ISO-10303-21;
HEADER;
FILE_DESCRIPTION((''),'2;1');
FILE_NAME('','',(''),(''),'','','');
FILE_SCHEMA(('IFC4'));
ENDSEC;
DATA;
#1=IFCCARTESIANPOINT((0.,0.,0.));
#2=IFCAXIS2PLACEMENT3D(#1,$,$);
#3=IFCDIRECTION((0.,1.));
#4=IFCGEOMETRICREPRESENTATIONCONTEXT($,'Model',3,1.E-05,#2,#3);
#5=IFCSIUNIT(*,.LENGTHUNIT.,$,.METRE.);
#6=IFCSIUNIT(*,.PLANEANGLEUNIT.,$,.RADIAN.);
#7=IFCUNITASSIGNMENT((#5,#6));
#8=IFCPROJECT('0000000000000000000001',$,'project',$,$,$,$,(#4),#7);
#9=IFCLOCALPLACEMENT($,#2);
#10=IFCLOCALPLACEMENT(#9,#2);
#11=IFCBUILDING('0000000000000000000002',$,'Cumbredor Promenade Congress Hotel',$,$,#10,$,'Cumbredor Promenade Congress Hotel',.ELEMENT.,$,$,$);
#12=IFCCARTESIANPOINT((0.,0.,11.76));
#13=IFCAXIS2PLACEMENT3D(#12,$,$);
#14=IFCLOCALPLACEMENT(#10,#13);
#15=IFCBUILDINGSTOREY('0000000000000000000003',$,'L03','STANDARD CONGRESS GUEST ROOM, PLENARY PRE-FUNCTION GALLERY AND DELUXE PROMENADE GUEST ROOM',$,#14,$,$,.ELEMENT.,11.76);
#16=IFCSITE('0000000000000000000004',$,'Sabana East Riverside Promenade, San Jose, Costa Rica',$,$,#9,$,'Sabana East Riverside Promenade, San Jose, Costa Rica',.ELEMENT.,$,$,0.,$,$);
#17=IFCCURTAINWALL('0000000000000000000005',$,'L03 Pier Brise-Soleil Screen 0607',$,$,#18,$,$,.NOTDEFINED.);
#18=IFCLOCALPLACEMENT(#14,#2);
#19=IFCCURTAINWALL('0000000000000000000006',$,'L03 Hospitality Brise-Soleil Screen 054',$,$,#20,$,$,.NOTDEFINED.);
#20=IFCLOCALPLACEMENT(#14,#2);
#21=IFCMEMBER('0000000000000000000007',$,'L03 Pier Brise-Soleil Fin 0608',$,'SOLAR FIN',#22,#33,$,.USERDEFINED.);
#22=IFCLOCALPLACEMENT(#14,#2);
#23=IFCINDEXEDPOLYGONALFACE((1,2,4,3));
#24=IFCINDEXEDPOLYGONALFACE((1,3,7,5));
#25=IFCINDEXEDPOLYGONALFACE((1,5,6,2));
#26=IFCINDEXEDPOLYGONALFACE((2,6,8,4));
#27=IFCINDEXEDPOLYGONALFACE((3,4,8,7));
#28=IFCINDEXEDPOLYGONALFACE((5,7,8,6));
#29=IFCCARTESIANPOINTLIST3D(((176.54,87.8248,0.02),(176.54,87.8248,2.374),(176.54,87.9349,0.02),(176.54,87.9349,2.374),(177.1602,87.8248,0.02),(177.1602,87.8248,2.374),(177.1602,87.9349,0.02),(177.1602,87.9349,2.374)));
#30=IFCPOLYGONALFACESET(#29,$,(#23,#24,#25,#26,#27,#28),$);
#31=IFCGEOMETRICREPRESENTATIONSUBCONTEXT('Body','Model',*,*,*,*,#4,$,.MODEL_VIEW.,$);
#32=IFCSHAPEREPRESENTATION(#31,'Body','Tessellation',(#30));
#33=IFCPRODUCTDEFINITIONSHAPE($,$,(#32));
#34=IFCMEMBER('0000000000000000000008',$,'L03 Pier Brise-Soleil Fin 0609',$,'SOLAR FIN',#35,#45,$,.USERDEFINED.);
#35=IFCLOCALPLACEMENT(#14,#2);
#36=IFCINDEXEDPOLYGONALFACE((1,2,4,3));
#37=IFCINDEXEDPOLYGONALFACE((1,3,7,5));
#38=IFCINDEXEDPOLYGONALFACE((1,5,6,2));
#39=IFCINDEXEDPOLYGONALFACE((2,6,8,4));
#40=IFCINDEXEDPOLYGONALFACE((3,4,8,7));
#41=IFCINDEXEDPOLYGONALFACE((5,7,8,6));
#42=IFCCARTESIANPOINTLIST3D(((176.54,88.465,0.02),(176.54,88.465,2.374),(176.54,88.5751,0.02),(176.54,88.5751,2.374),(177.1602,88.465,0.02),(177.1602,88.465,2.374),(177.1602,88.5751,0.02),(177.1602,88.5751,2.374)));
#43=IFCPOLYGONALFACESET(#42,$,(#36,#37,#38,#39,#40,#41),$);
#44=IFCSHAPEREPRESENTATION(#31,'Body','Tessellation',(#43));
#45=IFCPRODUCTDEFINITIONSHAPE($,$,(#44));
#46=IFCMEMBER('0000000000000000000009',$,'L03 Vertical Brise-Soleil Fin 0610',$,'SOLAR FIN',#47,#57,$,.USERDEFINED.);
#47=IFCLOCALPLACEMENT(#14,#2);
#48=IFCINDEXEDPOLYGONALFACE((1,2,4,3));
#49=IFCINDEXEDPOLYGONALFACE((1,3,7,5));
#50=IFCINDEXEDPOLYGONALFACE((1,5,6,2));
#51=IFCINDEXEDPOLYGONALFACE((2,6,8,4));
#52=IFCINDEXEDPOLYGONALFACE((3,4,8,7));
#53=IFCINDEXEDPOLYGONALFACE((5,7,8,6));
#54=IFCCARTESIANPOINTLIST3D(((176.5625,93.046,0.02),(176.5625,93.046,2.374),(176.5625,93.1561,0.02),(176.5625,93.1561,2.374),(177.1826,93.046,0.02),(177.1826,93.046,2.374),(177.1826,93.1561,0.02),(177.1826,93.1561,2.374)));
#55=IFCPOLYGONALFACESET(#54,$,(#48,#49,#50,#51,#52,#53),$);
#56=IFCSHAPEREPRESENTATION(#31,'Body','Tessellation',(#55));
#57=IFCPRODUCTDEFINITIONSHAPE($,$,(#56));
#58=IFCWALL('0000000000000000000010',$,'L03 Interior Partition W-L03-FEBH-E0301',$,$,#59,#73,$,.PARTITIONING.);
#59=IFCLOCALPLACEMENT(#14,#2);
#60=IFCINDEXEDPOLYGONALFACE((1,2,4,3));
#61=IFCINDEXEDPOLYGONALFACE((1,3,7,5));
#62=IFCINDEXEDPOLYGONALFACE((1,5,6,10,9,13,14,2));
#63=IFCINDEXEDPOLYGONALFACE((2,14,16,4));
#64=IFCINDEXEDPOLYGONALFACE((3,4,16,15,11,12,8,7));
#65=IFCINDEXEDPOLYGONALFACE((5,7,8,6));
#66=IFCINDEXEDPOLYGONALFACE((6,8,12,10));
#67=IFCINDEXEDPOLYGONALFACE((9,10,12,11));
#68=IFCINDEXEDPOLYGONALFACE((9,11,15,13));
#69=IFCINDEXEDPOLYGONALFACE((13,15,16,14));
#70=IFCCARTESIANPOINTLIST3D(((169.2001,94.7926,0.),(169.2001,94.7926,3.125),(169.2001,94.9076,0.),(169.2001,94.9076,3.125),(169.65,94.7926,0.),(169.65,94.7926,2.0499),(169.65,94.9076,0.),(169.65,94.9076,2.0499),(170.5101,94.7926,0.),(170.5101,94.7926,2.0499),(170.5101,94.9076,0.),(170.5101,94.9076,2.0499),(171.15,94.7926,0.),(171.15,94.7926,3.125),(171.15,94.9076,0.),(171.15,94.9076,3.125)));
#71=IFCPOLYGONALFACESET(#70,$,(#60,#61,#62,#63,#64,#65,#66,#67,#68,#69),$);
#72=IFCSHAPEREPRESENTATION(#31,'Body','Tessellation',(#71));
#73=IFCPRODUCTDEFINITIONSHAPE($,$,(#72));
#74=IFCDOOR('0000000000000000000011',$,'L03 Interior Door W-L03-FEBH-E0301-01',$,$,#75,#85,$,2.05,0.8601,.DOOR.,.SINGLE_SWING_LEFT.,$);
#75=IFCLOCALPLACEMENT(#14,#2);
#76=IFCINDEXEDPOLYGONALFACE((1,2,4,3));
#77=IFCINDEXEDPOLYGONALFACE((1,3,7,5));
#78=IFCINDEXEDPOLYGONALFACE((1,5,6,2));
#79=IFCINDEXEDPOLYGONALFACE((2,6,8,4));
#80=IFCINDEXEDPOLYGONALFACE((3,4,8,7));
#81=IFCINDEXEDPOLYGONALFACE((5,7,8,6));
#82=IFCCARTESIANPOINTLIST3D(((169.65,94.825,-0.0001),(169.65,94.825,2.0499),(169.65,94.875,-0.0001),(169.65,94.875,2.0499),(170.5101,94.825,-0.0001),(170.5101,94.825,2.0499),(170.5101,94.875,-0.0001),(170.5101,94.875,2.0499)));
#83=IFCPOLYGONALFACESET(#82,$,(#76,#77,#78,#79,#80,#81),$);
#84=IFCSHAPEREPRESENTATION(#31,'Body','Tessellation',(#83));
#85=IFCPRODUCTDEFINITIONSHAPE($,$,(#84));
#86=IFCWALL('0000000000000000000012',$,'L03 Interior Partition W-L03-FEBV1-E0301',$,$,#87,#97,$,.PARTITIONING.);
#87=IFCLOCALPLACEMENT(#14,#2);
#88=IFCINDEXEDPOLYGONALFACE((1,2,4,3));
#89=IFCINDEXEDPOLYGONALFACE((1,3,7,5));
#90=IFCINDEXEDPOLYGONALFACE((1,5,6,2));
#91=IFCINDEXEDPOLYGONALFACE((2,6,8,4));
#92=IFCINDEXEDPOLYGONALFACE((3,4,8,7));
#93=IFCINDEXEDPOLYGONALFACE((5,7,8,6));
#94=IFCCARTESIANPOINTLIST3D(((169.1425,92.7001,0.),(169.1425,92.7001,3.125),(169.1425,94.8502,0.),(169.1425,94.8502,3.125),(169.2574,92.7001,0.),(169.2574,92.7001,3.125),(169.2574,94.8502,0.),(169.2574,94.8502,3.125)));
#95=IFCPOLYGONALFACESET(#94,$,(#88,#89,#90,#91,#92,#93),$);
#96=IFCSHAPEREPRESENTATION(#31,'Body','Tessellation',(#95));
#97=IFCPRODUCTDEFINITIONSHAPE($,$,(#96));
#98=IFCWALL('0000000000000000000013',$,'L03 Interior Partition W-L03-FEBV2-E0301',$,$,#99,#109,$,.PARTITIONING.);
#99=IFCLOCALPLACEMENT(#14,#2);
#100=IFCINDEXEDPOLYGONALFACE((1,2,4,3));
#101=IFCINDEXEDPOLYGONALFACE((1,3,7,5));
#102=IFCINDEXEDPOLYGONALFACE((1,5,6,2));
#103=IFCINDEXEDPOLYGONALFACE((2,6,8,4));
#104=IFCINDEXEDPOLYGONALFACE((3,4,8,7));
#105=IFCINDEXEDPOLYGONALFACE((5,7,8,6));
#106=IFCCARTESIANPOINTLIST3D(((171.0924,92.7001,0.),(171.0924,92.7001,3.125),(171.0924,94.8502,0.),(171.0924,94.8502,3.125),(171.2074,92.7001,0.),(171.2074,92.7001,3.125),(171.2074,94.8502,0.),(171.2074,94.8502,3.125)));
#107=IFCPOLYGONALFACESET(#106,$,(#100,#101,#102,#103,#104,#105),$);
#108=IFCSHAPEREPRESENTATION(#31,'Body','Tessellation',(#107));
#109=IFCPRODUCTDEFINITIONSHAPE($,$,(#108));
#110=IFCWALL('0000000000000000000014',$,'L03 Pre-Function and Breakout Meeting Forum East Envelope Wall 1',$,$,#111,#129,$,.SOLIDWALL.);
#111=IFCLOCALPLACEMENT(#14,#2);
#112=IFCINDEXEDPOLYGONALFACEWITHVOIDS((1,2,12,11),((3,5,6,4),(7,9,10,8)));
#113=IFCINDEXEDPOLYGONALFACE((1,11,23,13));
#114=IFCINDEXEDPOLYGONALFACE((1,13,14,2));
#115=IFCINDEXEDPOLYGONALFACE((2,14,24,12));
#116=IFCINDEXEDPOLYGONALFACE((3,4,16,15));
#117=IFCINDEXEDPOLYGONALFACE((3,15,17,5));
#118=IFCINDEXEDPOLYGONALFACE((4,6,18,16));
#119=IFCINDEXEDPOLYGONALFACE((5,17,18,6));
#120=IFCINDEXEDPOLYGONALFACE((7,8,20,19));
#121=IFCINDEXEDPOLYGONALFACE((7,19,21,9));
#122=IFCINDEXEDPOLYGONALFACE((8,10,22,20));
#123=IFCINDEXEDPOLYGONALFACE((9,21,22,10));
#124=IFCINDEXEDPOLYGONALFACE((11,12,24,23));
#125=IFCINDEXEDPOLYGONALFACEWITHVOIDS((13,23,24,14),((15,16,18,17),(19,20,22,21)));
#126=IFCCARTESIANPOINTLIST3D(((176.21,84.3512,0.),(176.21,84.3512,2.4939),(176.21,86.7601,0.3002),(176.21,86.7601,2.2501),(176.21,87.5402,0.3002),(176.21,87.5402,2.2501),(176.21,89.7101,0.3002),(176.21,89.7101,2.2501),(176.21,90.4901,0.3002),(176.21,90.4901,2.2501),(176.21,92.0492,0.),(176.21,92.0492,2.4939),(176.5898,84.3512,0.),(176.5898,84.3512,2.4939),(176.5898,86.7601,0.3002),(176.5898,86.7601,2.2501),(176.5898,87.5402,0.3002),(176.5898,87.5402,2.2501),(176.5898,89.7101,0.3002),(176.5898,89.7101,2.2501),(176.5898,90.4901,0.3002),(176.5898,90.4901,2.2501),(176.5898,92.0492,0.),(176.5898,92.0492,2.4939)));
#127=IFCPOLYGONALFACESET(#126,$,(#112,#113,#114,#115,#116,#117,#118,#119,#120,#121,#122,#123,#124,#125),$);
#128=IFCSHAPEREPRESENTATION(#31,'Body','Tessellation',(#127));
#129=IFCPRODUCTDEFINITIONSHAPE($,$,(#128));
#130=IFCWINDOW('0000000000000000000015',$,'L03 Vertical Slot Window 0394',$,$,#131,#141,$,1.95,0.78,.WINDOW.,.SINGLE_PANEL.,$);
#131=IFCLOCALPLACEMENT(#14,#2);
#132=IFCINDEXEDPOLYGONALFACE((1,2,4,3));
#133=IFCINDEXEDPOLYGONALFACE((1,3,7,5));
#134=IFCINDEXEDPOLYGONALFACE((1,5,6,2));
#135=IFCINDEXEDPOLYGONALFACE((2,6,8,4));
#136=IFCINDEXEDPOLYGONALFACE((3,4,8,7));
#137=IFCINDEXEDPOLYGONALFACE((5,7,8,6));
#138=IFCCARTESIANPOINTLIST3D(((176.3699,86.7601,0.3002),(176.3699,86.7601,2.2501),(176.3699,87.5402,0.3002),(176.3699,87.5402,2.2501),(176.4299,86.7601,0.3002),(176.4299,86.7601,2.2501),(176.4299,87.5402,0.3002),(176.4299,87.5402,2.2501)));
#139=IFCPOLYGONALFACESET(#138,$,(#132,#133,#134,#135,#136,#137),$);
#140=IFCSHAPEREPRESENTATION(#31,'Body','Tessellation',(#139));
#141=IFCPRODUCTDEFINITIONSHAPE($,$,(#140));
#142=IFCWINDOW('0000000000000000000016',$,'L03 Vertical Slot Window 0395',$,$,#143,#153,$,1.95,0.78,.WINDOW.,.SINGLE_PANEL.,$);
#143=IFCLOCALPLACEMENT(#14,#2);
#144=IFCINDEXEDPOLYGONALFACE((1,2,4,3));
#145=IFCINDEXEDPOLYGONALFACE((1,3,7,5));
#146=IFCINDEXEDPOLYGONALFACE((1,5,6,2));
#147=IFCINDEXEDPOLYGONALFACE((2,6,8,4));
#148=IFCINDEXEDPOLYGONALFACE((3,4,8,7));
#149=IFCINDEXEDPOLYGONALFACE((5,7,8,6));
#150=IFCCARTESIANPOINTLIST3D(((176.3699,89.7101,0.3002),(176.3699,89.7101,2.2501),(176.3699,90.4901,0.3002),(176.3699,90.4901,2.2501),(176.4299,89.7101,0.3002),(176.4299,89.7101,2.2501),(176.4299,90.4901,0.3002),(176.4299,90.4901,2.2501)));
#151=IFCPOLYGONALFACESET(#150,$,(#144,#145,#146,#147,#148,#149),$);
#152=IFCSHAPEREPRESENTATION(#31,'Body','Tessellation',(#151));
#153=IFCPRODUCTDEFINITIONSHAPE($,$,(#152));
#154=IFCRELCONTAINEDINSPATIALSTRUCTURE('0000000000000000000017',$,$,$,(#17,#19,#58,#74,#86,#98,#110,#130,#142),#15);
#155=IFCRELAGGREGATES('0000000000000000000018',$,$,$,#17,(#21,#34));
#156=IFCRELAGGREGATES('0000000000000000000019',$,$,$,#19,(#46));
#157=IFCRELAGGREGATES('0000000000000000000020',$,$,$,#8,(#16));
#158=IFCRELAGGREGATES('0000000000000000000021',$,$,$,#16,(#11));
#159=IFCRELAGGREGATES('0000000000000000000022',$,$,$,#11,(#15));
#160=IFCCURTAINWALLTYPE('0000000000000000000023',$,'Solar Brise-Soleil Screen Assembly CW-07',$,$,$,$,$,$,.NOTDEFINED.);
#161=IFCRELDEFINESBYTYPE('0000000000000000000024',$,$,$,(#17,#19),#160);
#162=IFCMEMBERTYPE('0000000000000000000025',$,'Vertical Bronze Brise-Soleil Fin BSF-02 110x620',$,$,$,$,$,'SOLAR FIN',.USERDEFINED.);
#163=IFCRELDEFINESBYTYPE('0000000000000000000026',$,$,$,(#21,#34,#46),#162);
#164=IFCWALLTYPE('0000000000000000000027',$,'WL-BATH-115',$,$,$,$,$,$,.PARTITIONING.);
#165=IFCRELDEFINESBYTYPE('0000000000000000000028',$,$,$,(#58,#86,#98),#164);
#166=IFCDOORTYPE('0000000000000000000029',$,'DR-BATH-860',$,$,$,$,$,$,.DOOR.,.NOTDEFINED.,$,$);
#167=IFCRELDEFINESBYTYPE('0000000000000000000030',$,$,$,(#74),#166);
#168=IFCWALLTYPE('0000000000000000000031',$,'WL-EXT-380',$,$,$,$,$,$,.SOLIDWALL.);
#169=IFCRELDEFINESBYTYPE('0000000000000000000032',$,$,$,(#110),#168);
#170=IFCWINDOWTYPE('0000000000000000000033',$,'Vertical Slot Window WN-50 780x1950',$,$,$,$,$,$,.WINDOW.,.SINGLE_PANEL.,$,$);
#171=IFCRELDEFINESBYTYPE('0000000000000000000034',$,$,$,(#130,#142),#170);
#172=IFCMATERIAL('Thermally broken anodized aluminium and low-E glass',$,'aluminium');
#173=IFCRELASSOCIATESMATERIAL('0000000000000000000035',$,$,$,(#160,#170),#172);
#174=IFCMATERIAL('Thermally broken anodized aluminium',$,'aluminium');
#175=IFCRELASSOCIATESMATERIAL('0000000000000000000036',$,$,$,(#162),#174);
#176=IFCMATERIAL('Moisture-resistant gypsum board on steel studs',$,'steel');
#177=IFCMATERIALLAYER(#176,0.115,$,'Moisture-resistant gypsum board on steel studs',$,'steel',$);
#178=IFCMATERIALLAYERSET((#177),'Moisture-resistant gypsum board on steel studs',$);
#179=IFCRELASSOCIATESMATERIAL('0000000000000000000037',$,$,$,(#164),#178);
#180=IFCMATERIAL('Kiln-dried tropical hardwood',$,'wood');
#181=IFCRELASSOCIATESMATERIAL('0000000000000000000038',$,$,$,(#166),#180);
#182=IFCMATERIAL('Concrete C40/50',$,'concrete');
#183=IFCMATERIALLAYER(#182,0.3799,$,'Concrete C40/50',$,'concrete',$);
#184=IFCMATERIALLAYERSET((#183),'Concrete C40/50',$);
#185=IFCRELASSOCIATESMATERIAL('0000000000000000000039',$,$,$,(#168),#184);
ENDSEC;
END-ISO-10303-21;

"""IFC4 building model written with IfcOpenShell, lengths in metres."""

from ifc_helpers import new_model, si_unit, direction, frame, frame_2d, origin, origin_2d, place, context, subcontext, project, spatial, rectangle, extrude, material, layer, layer_set, material_profile, profile_set, type_object, element, fill, aggregate, save


model = new_model("IFC4")

# Units and contexts
model_context = context("Model", 3, precision=1e-05, world=origin(), true_north=direction((0.0, 1.0)))
body_context = subcontext(model_context, "Body", "Model", "MODEL_VIEW")
ifc_project = project(units=[si_unit("LENGTHUNIT", "METRE"), si_unit("PLANEANGLEUNIT", "RADIAN")], contexts=[model_context])

# Site, building, storey
site_placement = place(None, origin())
site = spatial("IfcSite", under=ifc_project, at=site_placement, Name="Sabana East Riverside Promenade, San Jose, Costa Rica", LongName="Sabana East Riverside Promenade, San Jose, Costa Rica", CompositionType="ELEMENT", RefElevation=0.0)
building_placement = place(site_placement, origin())
building = spatial("IfcBuilding", under=site, at=building_placement, Name="Cumbredor Promenade Congress Hotel", LongName="Cumbredor Promenade Congress Hotel", CompositionType="ELEMENT")
storey_placement = place(building_placement, frame((0.0, 0.0, 11.76)))
storey = spatial("IfcBuildingStorey", under=building, at=storey_placement, Name="L03", Description="STANDARD CONGRESS GUEST ROOM, PLENARY PRE-FUNCTION GALLERY AND DELUXE PROMENADE GUEST ROOM", CompositionType="ELEMENT", Elevation=11.76)

# Shared definitions
ifc_material_1 = material(Name="Concrete C40/50", Category="concrete")

# Curtain walls
ifc_material_2 = material(Name="Thermally broken anodized aluminium and low-E glass", Category="aluminium")
curtain_wall_type = type_object("IfcCurtainWallType", Name="Solar Brise-Soleil Screen Assembly CW-07", PredefinedType="NOTDEFINED", material=ifc_material_2)
curtain_wall_1_placement = place(storey_placement, origin())
curtain_wall_1 = element("IfcCurtainWall", 1, at=curtain_wall_1_placement, inside=storey, type_object=curtain_wall_type, Name="L03 Pier Brise-Soleil Screen 0607", PredefinedType="NOTDEFINED")
ifc_material_3 = material(Name="Thermally broken anodized aluminium", Category="aluminium")
curtain_wall_2_placement = place(storey_placement, origin())
curtain_wall_2 = element("IfcCurtainWall", 2, at=curtain_wall_2_placement, inside=storey, type_object=curtain_wall_type, Name="L03 Hospitality Brise-Soleil Screen 054", PredefinedType="NOTDEFINED")

# Members
ifc_material_profile_1 = material_profile(ifc_material_3, rectangle(XDim=0.1101, YDim=0.6201, at=origin_2d()), Name="ARCH FIN 110x620")
ifc_profile_set_1 = profile_set([ifc_material_profile_1], Name="Thermally broken anodized aluminium")
member_type_1 = type_object("IfcMemberType", Name="Vertical Bronze Brise-Soleil Fin BSF-02 110x620", ElementType="SOLAR FIN", PredefinedType="USERDEFINED", material=ifc_profile_set_1)
member_1_placement = place(storey_placement, frame((176.8501, 87.8799, 0.02), z_axis=(0.0, 0.0, 1.0), x_axis=(0.0, 1.0, 0.0)))
member_1 = element("IfcMember", 3, at=member_1_placement, type_object=member_type_1, Name="L03 Pier Brise-Soleil Fin 0608", ObjectType="SOLAR FIN", PredefinedType="USERDEFINED", context=body_context, shape_type="SweptSolid", body=[
    extrude(rectangle(XDim=0.1101, YDim=0.6201, at=origin_2d()), origin(), (0.0, 0.0, 1.0), 2.354),
])
member_2_placement = place(storey_placement, frame((176.8501, 88.52, 0.02), z_axis=(0.0, 0.0, 1.0), x_axis=(0.0, 1.0, 0.0)))
member_2 = element("IfcMember", 4, at=member_2_placement, type_object=member_type_1, Name="L03 Pier Brise-Soleil Fin 0609", ObjectType="SOLAR FIN", PredefinedType="USERDEFINED", context=body_context, shape_type="SweptSolid", body=[
    extrude(rectangle(XDim=0.1101, YDim=0.6201, at=origin_2d()), origin(), (0.0, 0.0, 1.0), 2.354),
])
aggregate(curtain_wall_1, [member_1, member_2])
member_3_placement = place(storey_placement, frame((176.8726, 93.1011, 0.02), z_axis=(0.0, 0.0, 1.0), x_axis=(0.0, 1.0, 0.0)))
member_3 = element("IfcMember", 5, at=member_3_placement, type_object=member_type_1, Name="L03 Vertical Brise-Soleil Fin 0610", ObjectType="SOLAR FIN", PredefinedType="USERDEFINED", context=body_context, shape_type="SweptSolid", body=[
    extrude(rectangle(XDim=0.1101, YDim=0.6201, at=origin_2d()), origin(), (0.0, 0.0, 1.0), 2.354),
])
aggregate(curtain_wall_2, [member_3])

# Wall, opening, door
ifc_material_4 = material(Name="Moisture-resistant gypsum board on steel studs", Category="steel")
ifc_layer_1 = layer(ifc_material_4, 0.115, Name="Moisture-resistant gypsum board on steel studs", Category="steel")
ifc_layer_set_1 = layer_set([ifc_layer_1], Name="Moisture-resistant gypsum board on steel studs")
wall_type_1 = type_object("IfcWallType", Name="WL-BATH-115", PredefinedType="PARTITIONING", material=ifc_layer_set_1)
wall_1_placement = place(storey_placement, frame((169.2, 94.8501, 0.0), z_axis=(0.0, 0.0, 1.0), x_axis=(1.0, 0.0, 0.0)))
wall_1 = element("IfcWall", 6, at=wall_1_placement, inside=storey, type_object=wall_type_1, Name="L03 Interior Partition W-L03-FEBH-E0301", PredefinedType="PARTITIONING", context=body_context, shape_type="SweptSolid", body=[
    extrude(rectangle(XDim=1.95, YDim=0.115, at=frame_2d((0.9751, 0.0))), origin(), (0.0, 0.0, 1.0), 3.125),
])
opening_1_placement = place(wall_1_placement, frame((0.45, 0.0, 0.0)))
opening_1 = element("IfcOpeningElement", 7, at=opening_1_placement, cuts=wall_1, PredefinedType="OPENING", context=body_context, shape_type="SweptSolid", body=[
    extrude(rectangle(XDim=0.8601, YDim=2.05, at=frame_2d((0.4302, 1.0249))), frame((0.0, 0.0674, 0.0), z_axis=(0.0, -1.0, 0.0), x_axis=(1.0, 0.0, 0.0)), (0.0, 0.0, 1.0), 0.135),
])
ifc_material_5 = material(Name="Kiln-dried tropical hardwood", Category="wood")
door_type = type_object("IfcDoorType", Name="DR-BATH-860", OperationType="NOTDEFINED", PredefinedType="DOOR", material=ifc_material_5)
door_placement = place(opening_1_placement, origin())
door = element("IfcDoor", 8, at=door_placement, inside=storey, type_object=door_type, Name="L03 Interior Door W-L03-FEBH-E0301-01", OperationType="SINGLE_SWING_LEFT", OverallHeight=2.05, OverallWidth=0.8601, PredefinedType="DOOR", context=body_context, shape_type="SweptSolid", body=[
    extrude(rectangle(XDim=0.8601, YDim=2.05, at=frame_2d((0.4302, 1.0249))), frame((0.0, 0.0249, 0.0), z_axis=(0.0, -1.0, 0.0), x_axis=(1.0, 0.0, 0.0)), (0.0, 0.0, 1.0), 0.05),
])
fill(opening_1, door)

# Walls
for number, where, z_axis, x_axis, name in (
    (9, (169.2, 92.7, 0.0), (0.0, 0.0, 1.0), (0.0, 1.0, 0.0), "L03 Interior Partition W-L03-FEBV1-E0301"),
    (10, (171.1499, 92.7, 0.0), (0.0, 0.0, 1.0), (0.0, 1.0, 0.0), "L03 Interior Partition W-L03-FEBV2-E0301"),
):
    element("IfcWall", number, at=place(storey_placement, frame(where, z_axis=z_axis, x_axis=x_axis)), inside=storey, type_object=wall_type_1, Name=name, PredefinedType="PARTITIONING", context=body_context, shape_type="SweptSolid", body=[
        extrude(rectangle(XDim=2.1501, YDim=0.115, at=frame_2d((1.0752, 0.0))), origin(), (0.0, 0.0, 1.0), 3.125),
    ])

# Wall, openings, windows
ifc_layer_2 = layer(ifc_material_1, 0.3799, Name="Concrete C40/50", Category="concrete")
ifc_layer_set_2 = layer_set([ifc_layer_2], Name="Concrete C40/50")
wall_type_2 = type_object("IfcWallType", Name="WL-EXT-380", PredefinedType="SOLIDWALL", material=ifc_layer_set_2)
wall_2_placement = place(storey_placement, frame((176.3999, 84.3511, 0.0), z_axis=(0.0, 0.0, 1.0), x_axis=(0.0, 1.0, 0.0)))
wall_2 = element("IfcWall", 11, at=wall_2_placement, inside=storey, type_object=wall_type_2, Name="L03 Pre-Function and Breakout Meeting Forum East Envelope Wall 1", PredefinedType="SOLIDWALL", context=body_context, shape_type="SweptSolid", body=[
    extrude(rectangle(XDim=7.698, YDim=0.3799, at=frame_2d((3.8491, 0.0))), origin(), (0.0, 0.0, 1.0), 2.4939),
])
opening_2_placement = place(wall_2_placement, frame((2.4089, 0.0, 0.3)))
opening_2 = element("IfcOpeningElement", 12, at=opening_2_placement, cuts=wall_2, PredefinedType="OPENING", context=body_context, shape_type="SweptSolid", body=[
    extrude(rectangle(XDim=0.78, YDim=1.95, at=frame_2d((0.3901, 0.9751))), frame((0.0, 0.2, 0.0), z_axis=(0.0, -1.0, 0.0), x_axis=(1.0, 0.0, 0.0)), (0.0, 0.0, 1.0), 0.3999),
])
opening_3_placement = place(wall_2_placement, frame((5.3589, 0.0, 0.3)))
opening_3 = element("IfcOpeningElement", 13, at=opening_3_placement, cuts=wall_2, PredefinedType="OPENING", context=body_context, shape_type="SweptSolid", body=[
    extrude(rectangle(XDim=0.78, YDim=1.95, at=frame_2d((0.3901, 0.9751))), frame((0.0, 0.2, 0.0), z_axis=(0.0, -1.0, 0.0), x_axis=(1.0, 0.0, 0.0)), (0.0, 0.0, 1.0), 0.3999),
])
window_type_1 = type_object("IfcWindowType", Name="Vertical Slot Window WN-50 780x1950", PartitioningType="SINGLE_PANEL", PredefinedType="WINDOW", material=ifc_material_2)
window_1_placement = place(opening_2_placement, origin())
window_1 = element("IfcWindow", 14, at=window_1_placement, inside=storey, type_object=window_type_1, Name="L03 Vertical Slot Window 0394", OverallHeight=1.95, OverallWidth=0.78, PartitioningType="SINGLE_PANEL", PredefinedType="WINDOW", context=body_context, shape_type="SweptSolid", body=[
    extrude(rectangle(XDim=0.78, YDim=1.95, at=frame_2d((0.3901, 0.9751))), frame((0.0, 0.03, 0.0), z_axis=(0.0, -1.0, 0.0), x_axis=(1.0, 0.0, 0.0)), (0.0, 0.0, 1.0), 0.0601),
])
fill(opening_2, window_1)
window_2_placement = place(opening_3_placement, origin())
window_2 = element("IfcWindow", 15, at=window_2_placement, inside=storey, type_object=window_type_1, Name="L03 Vertical Slot Window 0395", OverallHeight=1.95, OverallWidth=0.78, PartitioningType="SINGLE_PANEL", PredefinedType="WINDOW", context=body_context, shape_type="SweptSolid", body=[
    extrude(rectangle(XDim=0.78, YDim=1.95, at=frame_2d((0.3901, 0.9751))), frame((0.0, 0.03, 0.0), z_axis=(0.0, -1.0, 0.0), x_axis=(1.0, 0.0, 0.0)), (0.0, 0.0, 1.0), 0.0601),
])
fill(opening_3, window_2)

save(model, "model.ifc")
